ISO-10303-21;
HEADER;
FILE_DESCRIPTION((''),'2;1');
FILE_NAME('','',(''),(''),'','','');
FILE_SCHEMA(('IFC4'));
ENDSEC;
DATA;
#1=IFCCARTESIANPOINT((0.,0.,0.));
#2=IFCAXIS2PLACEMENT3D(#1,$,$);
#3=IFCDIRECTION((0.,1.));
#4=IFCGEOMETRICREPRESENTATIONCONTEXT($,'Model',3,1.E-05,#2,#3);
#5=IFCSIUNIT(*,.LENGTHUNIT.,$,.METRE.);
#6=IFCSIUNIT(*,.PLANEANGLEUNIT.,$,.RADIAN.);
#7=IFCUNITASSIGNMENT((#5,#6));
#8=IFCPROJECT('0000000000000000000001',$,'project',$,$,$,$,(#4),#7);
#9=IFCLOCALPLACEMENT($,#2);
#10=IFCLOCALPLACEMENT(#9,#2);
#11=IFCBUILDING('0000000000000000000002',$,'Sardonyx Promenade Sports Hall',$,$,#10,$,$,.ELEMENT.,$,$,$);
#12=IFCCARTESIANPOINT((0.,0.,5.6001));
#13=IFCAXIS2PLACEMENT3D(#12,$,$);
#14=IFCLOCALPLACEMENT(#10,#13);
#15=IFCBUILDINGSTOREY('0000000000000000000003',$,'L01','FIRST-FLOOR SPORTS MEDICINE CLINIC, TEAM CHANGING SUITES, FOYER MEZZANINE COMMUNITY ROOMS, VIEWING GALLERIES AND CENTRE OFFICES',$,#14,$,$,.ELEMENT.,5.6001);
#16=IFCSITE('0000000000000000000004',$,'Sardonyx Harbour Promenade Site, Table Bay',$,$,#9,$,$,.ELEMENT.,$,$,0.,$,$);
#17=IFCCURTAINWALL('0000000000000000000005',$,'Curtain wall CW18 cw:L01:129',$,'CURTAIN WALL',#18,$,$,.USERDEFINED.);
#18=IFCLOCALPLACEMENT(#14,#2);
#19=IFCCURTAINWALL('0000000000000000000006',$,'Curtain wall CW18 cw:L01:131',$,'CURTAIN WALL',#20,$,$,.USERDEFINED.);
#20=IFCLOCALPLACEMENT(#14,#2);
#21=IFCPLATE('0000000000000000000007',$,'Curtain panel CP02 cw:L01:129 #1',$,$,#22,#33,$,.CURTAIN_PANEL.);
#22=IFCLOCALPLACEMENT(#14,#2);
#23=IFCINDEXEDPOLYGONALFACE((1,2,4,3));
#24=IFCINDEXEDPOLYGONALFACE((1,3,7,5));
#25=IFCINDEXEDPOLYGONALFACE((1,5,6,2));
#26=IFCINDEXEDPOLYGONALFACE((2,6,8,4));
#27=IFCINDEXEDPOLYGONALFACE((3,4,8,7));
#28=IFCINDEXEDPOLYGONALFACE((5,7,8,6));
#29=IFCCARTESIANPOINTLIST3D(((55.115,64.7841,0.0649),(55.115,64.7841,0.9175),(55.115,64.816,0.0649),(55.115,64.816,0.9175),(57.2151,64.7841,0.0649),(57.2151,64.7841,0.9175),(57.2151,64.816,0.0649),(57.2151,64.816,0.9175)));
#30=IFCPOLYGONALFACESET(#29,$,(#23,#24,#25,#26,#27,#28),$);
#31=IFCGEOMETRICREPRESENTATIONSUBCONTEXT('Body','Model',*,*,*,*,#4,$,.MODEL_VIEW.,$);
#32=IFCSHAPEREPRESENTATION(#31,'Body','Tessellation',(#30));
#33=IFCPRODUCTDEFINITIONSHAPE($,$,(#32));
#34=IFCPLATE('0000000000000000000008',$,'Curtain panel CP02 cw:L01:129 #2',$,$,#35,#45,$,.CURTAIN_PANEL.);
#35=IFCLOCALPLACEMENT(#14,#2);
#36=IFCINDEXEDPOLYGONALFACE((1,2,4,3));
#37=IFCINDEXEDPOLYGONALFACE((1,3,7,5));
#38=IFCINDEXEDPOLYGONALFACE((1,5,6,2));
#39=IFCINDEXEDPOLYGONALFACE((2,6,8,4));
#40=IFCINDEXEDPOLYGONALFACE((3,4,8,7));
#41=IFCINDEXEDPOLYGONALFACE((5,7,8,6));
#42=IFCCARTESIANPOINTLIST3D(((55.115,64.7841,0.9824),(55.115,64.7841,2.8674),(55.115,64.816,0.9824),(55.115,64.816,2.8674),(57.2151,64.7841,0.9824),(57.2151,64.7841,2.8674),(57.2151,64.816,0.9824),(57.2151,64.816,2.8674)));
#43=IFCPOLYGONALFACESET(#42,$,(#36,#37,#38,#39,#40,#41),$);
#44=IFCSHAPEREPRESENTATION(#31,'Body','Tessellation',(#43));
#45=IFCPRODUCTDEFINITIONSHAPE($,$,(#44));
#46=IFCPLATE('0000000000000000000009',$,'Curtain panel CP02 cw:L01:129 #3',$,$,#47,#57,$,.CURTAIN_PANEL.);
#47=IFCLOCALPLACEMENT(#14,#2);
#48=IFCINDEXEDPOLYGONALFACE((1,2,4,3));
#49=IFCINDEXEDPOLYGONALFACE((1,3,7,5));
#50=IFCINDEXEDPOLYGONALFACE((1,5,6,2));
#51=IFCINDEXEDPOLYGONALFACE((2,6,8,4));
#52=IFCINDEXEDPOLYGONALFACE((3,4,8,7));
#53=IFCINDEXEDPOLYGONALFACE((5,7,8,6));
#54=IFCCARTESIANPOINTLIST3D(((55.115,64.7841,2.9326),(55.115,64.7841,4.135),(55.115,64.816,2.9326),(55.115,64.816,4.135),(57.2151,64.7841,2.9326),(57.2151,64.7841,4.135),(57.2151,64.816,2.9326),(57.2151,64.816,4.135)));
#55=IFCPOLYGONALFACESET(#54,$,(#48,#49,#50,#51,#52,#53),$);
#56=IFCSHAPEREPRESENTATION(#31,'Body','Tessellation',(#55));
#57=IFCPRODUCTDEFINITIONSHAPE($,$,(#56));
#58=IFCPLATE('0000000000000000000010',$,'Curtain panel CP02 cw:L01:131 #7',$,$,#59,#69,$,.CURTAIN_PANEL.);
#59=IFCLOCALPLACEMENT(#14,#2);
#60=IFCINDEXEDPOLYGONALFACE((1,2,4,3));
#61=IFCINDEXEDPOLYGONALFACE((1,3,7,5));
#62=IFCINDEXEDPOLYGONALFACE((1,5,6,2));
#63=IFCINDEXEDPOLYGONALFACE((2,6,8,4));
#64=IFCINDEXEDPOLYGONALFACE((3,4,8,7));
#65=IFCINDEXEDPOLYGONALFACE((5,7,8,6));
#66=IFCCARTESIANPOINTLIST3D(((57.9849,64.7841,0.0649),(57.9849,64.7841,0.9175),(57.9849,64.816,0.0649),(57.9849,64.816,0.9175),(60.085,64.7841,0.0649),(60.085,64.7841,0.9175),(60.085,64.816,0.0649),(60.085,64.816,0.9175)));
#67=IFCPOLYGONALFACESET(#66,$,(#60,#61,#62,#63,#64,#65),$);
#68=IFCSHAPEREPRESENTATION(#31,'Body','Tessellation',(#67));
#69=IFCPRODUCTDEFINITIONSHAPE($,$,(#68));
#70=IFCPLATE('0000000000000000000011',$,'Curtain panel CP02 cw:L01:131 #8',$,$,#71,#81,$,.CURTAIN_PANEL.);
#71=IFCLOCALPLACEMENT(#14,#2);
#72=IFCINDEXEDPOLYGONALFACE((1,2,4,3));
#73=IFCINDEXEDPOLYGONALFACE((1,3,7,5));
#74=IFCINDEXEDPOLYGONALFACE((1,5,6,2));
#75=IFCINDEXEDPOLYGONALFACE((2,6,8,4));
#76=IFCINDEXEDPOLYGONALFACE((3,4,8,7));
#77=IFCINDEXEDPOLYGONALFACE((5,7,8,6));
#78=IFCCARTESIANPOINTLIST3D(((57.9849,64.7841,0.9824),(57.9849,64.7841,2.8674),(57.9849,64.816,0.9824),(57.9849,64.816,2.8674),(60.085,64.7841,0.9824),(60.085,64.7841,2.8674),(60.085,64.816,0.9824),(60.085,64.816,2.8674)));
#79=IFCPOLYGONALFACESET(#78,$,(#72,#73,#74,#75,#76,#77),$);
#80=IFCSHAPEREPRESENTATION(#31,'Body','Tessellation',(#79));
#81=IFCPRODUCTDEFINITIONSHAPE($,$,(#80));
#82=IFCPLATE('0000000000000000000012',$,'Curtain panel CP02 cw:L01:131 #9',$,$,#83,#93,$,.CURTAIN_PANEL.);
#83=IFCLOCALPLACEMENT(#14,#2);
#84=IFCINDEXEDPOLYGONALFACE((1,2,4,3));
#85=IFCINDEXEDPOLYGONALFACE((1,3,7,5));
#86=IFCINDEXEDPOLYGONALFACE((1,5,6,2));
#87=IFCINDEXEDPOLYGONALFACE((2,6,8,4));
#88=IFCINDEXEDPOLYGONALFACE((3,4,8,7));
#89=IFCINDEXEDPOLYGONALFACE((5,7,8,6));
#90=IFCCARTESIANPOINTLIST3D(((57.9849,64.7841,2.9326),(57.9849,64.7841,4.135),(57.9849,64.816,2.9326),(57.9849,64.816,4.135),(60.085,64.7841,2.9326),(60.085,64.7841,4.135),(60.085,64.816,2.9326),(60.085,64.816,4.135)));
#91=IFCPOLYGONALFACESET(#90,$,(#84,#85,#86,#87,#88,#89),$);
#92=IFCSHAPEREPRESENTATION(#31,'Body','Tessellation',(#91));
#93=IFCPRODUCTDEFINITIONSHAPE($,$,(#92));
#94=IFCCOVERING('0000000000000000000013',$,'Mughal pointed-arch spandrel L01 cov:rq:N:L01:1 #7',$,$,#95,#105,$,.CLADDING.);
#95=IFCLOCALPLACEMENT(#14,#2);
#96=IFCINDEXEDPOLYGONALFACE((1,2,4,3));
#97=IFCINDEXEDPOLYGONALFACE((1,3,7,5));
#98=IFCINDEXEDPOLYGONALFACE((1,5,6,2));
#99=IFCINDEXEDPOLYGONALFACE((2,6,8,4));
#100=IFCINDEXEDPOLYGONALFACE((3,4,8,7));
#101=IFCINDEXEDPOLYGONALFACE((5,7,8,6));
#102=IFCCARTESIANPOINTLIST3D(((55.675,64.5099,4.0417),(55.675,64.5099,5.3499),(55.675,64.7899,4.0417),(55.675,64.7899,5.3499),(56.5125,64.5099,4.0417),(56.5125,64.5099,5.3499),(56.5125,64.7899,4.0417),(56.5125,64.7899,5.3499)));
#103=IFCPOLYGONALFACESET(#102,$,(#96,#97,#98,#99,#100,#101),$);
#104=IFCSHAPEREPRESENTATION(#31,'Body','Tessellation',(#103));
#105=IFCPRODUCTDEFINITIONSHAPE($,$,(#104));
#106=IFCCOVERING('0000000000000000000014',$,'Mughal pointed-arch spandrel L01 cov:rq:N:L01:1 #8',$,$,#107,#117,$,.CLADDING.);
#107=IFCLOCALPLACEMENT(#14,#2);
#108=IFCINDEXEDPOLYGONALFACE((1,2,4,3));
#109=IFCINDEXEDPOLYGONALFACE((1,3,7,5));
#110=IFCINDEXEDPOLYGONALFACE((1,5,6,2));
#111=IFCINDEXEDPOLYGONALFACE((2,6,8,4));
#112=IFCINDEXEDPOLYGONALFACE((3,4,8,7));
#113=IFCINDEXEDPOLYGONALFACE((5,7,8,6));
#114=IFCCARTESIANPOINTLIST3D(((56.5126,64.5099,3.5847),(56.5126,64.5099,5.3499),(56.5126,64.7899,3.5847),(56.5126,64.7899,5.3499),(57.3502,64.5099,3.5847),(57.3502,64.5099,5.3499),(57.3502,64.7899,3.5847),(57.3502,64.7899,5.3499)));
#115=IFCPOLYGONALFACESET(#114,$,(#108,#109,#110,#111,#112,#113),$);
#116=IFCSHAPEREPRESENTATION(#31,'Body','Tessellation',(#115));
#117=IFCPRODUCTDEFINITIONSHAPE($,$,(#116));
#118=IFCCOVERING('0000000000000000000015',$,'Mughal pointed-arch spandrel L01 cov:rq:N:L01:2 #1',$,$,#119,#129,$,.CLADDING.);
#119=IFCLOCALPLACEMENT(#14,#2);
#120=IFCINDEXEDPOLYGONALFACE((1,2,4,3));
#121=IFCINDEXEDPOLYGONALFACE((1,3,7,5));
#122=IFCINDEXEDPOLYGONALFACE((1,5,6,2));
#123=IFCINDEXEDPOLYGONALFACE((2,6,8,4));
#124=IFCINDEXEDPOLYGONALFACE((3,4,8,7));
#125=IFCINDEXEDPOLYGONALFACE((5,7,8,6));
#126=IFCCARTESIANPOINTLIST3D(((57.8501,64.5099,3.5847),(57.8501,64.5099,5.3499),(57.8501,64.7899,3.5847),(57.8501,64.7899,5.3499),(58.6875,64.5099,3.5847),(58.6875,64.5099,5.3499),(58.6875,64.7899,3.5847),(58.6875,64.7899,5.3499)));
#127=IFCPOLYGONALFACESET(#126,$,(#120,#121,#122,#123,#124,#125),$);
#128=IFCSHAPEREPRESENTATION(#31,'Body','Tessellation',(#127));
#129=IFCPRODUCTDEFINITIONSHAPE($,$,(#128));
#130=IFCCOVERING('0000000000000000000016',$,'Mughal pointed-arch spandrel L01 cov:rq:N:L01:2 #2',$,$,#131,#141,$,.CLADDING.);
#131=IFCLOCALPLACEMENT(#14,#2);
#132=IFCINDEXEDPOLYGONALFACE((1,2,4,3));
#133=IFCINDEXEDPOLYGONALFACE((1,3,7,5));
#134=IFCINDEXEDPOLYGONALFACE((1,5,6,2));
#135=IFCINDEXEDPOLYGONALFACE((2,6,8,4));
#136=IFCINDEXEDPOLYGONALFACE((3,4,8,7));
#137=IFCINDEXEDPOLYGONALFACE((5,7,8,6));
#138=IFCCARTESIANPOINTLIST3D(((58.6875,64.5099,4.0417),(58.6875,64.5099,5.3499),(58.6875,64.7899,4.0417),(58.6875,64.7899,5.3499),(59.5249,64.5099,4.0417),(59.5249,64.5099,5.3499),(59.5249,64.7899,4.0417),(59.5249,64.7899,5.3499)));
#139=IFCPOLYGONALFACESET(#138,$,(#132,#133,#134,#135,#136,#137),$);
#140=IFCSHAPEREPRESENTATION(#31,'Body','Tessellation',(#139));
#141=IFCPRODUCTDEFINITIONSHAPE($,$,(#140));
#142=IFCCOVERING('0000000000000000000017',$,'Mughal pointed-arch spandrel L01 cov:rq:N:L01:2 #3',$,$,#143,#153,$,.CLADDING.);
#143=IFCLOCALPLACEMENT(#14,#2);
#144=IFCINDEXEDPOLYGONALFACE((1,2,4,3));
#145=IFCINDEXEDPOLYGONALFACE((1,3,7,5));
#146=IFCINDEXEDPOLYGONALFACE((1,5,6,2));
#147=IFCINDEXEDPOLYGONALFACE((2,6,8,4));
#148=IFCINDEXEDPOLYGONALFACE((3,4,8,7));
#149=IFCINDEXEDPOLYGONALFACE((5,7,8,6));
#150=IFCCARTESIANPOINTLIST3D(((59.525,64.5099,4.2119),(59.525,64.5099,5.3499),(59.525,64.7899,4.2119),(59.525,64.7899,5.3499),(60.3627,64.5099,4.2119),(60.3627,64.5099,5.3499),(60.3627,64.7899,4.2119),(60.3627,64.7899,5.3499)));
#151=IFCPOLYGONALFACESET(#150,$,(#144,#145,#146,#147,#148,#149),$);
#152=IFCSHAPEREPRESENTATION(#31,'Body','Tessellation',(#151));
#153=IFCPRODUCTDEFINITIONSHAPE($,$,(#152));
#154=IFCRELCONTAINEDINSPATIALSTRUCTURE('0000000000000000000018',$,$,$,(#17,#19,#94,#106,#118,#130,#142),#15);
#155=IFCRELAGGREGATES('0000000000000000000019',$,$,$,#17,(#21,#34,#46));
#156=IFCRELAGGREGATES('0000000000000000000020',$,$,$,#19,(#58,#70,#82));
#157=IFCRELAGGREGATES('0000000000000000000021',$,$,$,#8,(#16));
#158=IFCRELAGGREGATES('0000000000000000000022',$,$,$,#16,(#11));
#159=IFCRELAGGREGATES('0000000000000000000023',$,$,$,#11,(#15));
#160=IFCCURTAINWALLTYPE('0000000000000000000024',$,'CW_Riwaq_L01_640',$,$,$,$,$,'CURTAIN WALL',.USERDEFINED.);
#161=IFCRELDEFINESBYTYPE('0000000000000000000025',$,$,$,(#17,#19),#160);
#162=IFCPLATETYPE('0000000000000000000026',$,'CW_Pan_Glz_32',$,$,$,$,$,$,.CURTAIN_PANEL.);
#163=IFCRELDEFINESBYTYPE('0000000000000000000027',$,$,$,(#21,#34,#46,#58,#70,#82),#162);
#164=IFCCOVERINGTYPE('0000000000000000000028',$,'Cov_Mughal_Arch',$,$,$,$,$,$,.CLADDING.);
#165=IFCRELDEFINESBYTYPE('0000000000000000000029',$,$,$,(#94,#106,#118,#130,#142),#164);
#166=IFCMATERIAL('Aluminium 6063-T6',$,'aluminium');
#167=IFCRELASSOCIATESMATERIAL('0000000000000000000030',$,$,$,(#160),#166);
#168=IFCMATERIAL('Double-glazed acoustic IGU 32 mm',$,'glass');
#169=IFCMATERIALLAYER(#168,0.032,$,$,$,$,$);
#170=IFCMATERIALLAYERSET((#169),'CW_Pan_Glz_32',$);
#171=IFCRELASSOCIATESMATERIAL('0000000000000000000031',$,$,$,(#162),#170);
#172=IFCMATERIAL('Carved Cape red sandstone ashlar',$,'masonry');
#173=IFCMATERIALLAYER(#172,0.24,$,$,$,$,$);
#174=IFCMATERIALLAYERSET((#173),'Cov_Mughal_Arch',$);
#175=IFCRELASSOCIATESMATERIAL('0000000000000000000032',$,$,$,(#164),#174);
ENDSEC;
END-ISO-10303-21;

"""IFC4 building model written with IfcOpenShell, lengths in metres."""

from ifc_helpers import new_model, si_unit, direction, frame, frame_2d, origin, origin_2d, place, context, subcontext, project, spatial, rectangle, extrude, material, layer, layer_set, type_object, element, aggregate, save


model = new_model("IFC4")

# Units and contexts
model_context = context("Model", 3, precision=1e-05, world=origin(), true_north=direction((0.0, 1.0)))
body_context = subcontext(model_context, "Body", "Model", "MODEL_VIEW")
ifc_project = project(units=[si_unit("LENGTHUNIT", "METRE"), si_unit("PLANEANGLEUNIT", "RADIAN")], contexts=[model_context])

# Site, building, storey
site_placement = place(None, origin())
site = spatial("IfcSite", under=ifc_project, at=site_placement, Name="Sardonyx Harbour Promenade Site, Table Bay", CompositionType="ELEMENT", RefElevation=0.0)
building_placement = place(site_placement, origin())
building = spatial("IfcBuilding", under=site, at=building_placement, Name="Sardonyx Promenade Sports Hall", CompositionType="ELEMENT")
storey_placement = place(building_placement, frame((0.0, 0.0, 5.6001)))
storey = spatial("IfcBuildingStorey", under=building, at=storey_placement, Name="L01", Description="FIRST-FLOOR SPORTS MEDICINE CLINIC, TEAM CHANGING SUITES, FOYER MEZZANINE COMMUNITY ROOMS, VIEWING GALLERIES AND CENTRE OFFICES", CompositionType="ELEMENT", Elevation=5.6001)

# Curtain wall
ifc_material_1 = material(Name="Aluminium 6063-T6", Category="aluminium")
curtain_wall_type = type_object("IfcCurtainWallType", Name="CW_Riwaq_L01_640", ElementType="CURTAIN WALL", PredefinedType="USERDEFINED", material=ifc_material_1)
curtain_wall_1_placement = place(storey_placement, origin())
curtain_wall_1 = element("IfcCurtainWall", 1, at=curtain_wall_1_placement, inside=storey, type_object=curtain_wall_type, Name="Curtain wall CW18 cw:L01:129", ObjectType="CURTAIN WALL", PredefinedType="USERDEFINED")

# Curtain wall
curtain_wall_2_placement = place(storey_placement, origin())
curtain_wall_2 = element("IfcCurtainWall", 2, at=curtain_wall_2_placement, inside=storey, type_object=curtain_wall_type, Name="Curtain wall CW18 cw:L01:131", ObjectType="CURTAIN WALL", PredefinedType="USERDEFINED")

# Plates
ifc_material_2 = material(Name="Double-glazed acoustic IGU 32 mm", Category="glass")
ifc_layer_1 = layer(ifc_material_2, 0.032)
ifc_layer_set_1 = layer_set([ifc_layer_1], Name="CW_Pan_Glz_32")
plate_type = type_object("IfcPlateType", Name="CW_Pan_Glz_32", PredefinedType="CURTAIN_PANEL", material=ifc_layer_set_1)
plate_1_placement = place(storey_placement, frame((56.165, 64.8, 0.0649), z_axis=(0.0, 0.0, 1.0), x_axis=(-1.0, 0.0, 0.0)))
plate_1 = element("IfcPlate", 3, at=plate_1_placement, type_object=plate_type, Name="Curtain panel CP02 cw:L01:129 #1", PredefinedType="CURTAIN_PANEL", context=body_context, shape_type="SweptSolid", body=[
    extrude(rectangle(XDim=2.1001, YDim=0.032, at=origin_2d()), origin(), (0.0, 0.0, 1.0), 0.8525),
])
plate_2_placement = place(storey_placement, frame((56.165, 64.8, 0.9824), z_axis=(0.0, 0.0, 1.0), x_axis=(-1.0, 0.0, 0.0)))
plate_2 = element("IfcPlate", 4, at=plate_2_placement, type_object=plate_type, Name="Curtain panel CP02 cw:L01:129 #2", PredefinedType="CURTAIN_PANEL", context=body_context, shape_type="SweptSolid", body=[
    extrude(rectangle(XDim=2.1001, YDim=0.032, at=origin_2d()), origin(), (0.0, 0.0, 1.0), 1.885),
])
plate_3_placement = place(storey_placement, frame((56.165, 64.8, 2.9326), z_axis=(0.0, 0.0, 1.0), x_axis=(-1.0, 0.0, 0.0)))
plate_3 = element("IfcPlate", 5, at=plate_3_placement, type_object=plate_type, Name="Curtain panel CP02 cw:L01:129 #3", PredefinedType="CURTAIN_PANEL", context=body_context, shape_type="SweptSolid", body=[
    extrude(rectangle(XDim=2.1001, YDim=0.032, at=origin_2d()), origin(), (0.0, 0.0, 1.0), 1.2024),
])
aggregate(curtain_wall_1, [plate_1, plate_2, plate_3])
plate_4_placement = place(storey_placement, frame((59.0349, 64.8, 0.0649), z_axis=(0.0, 0.0, 1.0), x_axis=(-1.0, 0.0, 0.0)))
plate_4 = element("IfcPlate", 6, at=plate_4_placement, type_object=plate_type, Name="Curtain panel CP02 cw:L01:131 #7", PredefinedType="CURTAIN_PANEL", context=body_context, shape_type="SweptSolid", body=[
    extrude(rectangle(XDim=2.1001, YDim=0.032, at=origin_2d()), origin(), (0.0, 0.0, 1.0), 0.8525),
])
plate_5_placement = place(storey_placement, frame((59.0349, 64.8, 0.9824), z_axis=(0.0, 0.0, 1.0), x_axis=(-1.0, 0.0, 0.0)))
plate_5 = element("IfcPlate", 7, at=plate_5_placement, type_object=plate_type, Name="Curtain panel CP02 cw:L01:131 #8", PredefinedType="CURTAIN_PANEL", context=body_context, shape_type="SweptSolid", body=[
    extrude(rectangle(XDim=2.1001, YDim=0.032, at=origin_2d()), origin(), (0.0, 0.0, 1.0), 1.885),
])
plate_6_placement = place(storey_placement, frame((59.0349, 64.8, 2.9326), z_axis=(0.0, 0.0, 1.0), x_axis=(-1.0, 0.0, 0.0)))
plate_6 = element("IfcPlate", 8, at=plate_6_placement, type_object=plate_type, Name="Curtain panel CP02 cw:L01:131 #9", PredefinedType="CURTAIN_PANEL", context=body_context, shape_type="SweptSolid", body=[
    extrude(rectangle(XDim=2.1001, YDim=0.032, at=origin_2d()), origin(), (0.0, 0.0, 1.0), 1.2024),
])
aggregate(curtain_wall_2, [plate_4, plate_5, plate_6])

# Coverings
ifc_material_3 = material(Name="Carved Cape red sandstone ashlar", Category="masonry")
ifc_layer_2 = layer(ifc_material_3, 0.24)
ifc_layer_set_2 = layer_set([ifc_layer_2], Name="Cov_Mughal_Arch")
covering_type = type_object("IfcCoveringType", Name="Cov_Mughal_Arch", PredefinedType="CLADDING", material=ifc_layer_set_2)
covering_1_placement = place(storey_placement, frame((55.675, 64.6499, 4.0417), z_axis=(0.0, 0.0, 1.0), x_axis=(1.0, 0.0, 0.0)))
element("IfcCovering", 9, at=covering_1_placement, inside=storey, type_object=covering_type, Name="Mughal pointed-arch spandrel L01 cov:rq:N:L01:1 #7", PredefinedType="CLADDING", context=body_context, shape_type="SweptSolid", body=[
    extrude(rectangle(XDim=0.8374, YDim=0.28, at=frame_2d((0.4187, 0.0))), origin(), (0.0, 0.0, 1.0), 1.3081),
])
covering_2_placement = place(storey_placement, frame((56.5125, 64.6499, 3.5847), z_axis=(0.0, 0.0, 1.0), x_axis=(1.0, 0.0, 0.0)))
element("IfcCovering", 10, at=covering_2_placement, inside=storey, type_object=covering_type, Name="Mughal pointed-arch spandrel L01 cov:rq:N:L01:1 #8", PredefinedType="CLADDING", context=body_context, shape_type="SweptSolid", body=[
    extrude(rectangle(XDim=0.8376, YDim=0.28, at=frame_2d((0.4189, 0.0))), origin(), (0.0, 0.0, 1.0), 1.7651),
])
covering_3_placement = place(storey_placement, frame((57.8501, 64.6499, 3.5847), z_axis=(0.0, 0.0, 1.0), x_axis=(1.0, 0.0, 0.0)))
element("IfcCovering", 11, at=covering_3_placement, inside=storey, type_object=covering_type, Name="Mughal pointed-arch spandrel L01 cov:rq:N:L01:2 #1", PredefinedType="CLADDING", context=body_context, shape_type="SweptSolid", body=[
    extrude(rectangle(XDim=0.8374, YDim=0.28, at=frame_2d((0.4187, 0.0))), origin(), (0.0, 0.0, 1.0), 1.7651),
])
covering_4_placement = place(storey_placement, frame((58.6875, 64.6499, 4.0417), z_axis=(0.0, 0.0, 1.0), x_axis=(1.0, 0.0, 0.0)))
element("IfcCovering", 12, at=covering_4_placement, inside=storey, type_object=covering_type, Name="Mughal pointed-arch spandrel L01 cov:rq:N:L01:2 #2", PredefinedType="CLADDING", context=body_context, shape_type="SweptSolid", body=[
    extrude(rectangle(XDim=0.8374, YDim=0.28, at=frame_2d((0.4187, 0.0))), origin(), (0.0, 0.0, 1.0), 1.3081),
])
covering_5_placement = place(storey_placement, frame((59.5249, 64.6499, 4.2119), z_axis=(0.0, 0.0, 1.0), x_axis=(1.0, 0.0, 0.0)))
element("IfcCovering", 13, at=covering_5_placement, inside=storey, type_object=covering_type, Name="Mughal pointed-arch spandrel L01 cov:rq:N:L01:2 #3", PredefinedType="CLADDING", context=body_context, shape_type="SweptSolid", body=[
    extrude(rectangle(XDim=0.8376, YDim=0.28, at=frame_2d((0.4189, 0.0))), origin(), (0.0, 0.0, 1.0), 1.1379),
])

save(model, "model.ifc")
